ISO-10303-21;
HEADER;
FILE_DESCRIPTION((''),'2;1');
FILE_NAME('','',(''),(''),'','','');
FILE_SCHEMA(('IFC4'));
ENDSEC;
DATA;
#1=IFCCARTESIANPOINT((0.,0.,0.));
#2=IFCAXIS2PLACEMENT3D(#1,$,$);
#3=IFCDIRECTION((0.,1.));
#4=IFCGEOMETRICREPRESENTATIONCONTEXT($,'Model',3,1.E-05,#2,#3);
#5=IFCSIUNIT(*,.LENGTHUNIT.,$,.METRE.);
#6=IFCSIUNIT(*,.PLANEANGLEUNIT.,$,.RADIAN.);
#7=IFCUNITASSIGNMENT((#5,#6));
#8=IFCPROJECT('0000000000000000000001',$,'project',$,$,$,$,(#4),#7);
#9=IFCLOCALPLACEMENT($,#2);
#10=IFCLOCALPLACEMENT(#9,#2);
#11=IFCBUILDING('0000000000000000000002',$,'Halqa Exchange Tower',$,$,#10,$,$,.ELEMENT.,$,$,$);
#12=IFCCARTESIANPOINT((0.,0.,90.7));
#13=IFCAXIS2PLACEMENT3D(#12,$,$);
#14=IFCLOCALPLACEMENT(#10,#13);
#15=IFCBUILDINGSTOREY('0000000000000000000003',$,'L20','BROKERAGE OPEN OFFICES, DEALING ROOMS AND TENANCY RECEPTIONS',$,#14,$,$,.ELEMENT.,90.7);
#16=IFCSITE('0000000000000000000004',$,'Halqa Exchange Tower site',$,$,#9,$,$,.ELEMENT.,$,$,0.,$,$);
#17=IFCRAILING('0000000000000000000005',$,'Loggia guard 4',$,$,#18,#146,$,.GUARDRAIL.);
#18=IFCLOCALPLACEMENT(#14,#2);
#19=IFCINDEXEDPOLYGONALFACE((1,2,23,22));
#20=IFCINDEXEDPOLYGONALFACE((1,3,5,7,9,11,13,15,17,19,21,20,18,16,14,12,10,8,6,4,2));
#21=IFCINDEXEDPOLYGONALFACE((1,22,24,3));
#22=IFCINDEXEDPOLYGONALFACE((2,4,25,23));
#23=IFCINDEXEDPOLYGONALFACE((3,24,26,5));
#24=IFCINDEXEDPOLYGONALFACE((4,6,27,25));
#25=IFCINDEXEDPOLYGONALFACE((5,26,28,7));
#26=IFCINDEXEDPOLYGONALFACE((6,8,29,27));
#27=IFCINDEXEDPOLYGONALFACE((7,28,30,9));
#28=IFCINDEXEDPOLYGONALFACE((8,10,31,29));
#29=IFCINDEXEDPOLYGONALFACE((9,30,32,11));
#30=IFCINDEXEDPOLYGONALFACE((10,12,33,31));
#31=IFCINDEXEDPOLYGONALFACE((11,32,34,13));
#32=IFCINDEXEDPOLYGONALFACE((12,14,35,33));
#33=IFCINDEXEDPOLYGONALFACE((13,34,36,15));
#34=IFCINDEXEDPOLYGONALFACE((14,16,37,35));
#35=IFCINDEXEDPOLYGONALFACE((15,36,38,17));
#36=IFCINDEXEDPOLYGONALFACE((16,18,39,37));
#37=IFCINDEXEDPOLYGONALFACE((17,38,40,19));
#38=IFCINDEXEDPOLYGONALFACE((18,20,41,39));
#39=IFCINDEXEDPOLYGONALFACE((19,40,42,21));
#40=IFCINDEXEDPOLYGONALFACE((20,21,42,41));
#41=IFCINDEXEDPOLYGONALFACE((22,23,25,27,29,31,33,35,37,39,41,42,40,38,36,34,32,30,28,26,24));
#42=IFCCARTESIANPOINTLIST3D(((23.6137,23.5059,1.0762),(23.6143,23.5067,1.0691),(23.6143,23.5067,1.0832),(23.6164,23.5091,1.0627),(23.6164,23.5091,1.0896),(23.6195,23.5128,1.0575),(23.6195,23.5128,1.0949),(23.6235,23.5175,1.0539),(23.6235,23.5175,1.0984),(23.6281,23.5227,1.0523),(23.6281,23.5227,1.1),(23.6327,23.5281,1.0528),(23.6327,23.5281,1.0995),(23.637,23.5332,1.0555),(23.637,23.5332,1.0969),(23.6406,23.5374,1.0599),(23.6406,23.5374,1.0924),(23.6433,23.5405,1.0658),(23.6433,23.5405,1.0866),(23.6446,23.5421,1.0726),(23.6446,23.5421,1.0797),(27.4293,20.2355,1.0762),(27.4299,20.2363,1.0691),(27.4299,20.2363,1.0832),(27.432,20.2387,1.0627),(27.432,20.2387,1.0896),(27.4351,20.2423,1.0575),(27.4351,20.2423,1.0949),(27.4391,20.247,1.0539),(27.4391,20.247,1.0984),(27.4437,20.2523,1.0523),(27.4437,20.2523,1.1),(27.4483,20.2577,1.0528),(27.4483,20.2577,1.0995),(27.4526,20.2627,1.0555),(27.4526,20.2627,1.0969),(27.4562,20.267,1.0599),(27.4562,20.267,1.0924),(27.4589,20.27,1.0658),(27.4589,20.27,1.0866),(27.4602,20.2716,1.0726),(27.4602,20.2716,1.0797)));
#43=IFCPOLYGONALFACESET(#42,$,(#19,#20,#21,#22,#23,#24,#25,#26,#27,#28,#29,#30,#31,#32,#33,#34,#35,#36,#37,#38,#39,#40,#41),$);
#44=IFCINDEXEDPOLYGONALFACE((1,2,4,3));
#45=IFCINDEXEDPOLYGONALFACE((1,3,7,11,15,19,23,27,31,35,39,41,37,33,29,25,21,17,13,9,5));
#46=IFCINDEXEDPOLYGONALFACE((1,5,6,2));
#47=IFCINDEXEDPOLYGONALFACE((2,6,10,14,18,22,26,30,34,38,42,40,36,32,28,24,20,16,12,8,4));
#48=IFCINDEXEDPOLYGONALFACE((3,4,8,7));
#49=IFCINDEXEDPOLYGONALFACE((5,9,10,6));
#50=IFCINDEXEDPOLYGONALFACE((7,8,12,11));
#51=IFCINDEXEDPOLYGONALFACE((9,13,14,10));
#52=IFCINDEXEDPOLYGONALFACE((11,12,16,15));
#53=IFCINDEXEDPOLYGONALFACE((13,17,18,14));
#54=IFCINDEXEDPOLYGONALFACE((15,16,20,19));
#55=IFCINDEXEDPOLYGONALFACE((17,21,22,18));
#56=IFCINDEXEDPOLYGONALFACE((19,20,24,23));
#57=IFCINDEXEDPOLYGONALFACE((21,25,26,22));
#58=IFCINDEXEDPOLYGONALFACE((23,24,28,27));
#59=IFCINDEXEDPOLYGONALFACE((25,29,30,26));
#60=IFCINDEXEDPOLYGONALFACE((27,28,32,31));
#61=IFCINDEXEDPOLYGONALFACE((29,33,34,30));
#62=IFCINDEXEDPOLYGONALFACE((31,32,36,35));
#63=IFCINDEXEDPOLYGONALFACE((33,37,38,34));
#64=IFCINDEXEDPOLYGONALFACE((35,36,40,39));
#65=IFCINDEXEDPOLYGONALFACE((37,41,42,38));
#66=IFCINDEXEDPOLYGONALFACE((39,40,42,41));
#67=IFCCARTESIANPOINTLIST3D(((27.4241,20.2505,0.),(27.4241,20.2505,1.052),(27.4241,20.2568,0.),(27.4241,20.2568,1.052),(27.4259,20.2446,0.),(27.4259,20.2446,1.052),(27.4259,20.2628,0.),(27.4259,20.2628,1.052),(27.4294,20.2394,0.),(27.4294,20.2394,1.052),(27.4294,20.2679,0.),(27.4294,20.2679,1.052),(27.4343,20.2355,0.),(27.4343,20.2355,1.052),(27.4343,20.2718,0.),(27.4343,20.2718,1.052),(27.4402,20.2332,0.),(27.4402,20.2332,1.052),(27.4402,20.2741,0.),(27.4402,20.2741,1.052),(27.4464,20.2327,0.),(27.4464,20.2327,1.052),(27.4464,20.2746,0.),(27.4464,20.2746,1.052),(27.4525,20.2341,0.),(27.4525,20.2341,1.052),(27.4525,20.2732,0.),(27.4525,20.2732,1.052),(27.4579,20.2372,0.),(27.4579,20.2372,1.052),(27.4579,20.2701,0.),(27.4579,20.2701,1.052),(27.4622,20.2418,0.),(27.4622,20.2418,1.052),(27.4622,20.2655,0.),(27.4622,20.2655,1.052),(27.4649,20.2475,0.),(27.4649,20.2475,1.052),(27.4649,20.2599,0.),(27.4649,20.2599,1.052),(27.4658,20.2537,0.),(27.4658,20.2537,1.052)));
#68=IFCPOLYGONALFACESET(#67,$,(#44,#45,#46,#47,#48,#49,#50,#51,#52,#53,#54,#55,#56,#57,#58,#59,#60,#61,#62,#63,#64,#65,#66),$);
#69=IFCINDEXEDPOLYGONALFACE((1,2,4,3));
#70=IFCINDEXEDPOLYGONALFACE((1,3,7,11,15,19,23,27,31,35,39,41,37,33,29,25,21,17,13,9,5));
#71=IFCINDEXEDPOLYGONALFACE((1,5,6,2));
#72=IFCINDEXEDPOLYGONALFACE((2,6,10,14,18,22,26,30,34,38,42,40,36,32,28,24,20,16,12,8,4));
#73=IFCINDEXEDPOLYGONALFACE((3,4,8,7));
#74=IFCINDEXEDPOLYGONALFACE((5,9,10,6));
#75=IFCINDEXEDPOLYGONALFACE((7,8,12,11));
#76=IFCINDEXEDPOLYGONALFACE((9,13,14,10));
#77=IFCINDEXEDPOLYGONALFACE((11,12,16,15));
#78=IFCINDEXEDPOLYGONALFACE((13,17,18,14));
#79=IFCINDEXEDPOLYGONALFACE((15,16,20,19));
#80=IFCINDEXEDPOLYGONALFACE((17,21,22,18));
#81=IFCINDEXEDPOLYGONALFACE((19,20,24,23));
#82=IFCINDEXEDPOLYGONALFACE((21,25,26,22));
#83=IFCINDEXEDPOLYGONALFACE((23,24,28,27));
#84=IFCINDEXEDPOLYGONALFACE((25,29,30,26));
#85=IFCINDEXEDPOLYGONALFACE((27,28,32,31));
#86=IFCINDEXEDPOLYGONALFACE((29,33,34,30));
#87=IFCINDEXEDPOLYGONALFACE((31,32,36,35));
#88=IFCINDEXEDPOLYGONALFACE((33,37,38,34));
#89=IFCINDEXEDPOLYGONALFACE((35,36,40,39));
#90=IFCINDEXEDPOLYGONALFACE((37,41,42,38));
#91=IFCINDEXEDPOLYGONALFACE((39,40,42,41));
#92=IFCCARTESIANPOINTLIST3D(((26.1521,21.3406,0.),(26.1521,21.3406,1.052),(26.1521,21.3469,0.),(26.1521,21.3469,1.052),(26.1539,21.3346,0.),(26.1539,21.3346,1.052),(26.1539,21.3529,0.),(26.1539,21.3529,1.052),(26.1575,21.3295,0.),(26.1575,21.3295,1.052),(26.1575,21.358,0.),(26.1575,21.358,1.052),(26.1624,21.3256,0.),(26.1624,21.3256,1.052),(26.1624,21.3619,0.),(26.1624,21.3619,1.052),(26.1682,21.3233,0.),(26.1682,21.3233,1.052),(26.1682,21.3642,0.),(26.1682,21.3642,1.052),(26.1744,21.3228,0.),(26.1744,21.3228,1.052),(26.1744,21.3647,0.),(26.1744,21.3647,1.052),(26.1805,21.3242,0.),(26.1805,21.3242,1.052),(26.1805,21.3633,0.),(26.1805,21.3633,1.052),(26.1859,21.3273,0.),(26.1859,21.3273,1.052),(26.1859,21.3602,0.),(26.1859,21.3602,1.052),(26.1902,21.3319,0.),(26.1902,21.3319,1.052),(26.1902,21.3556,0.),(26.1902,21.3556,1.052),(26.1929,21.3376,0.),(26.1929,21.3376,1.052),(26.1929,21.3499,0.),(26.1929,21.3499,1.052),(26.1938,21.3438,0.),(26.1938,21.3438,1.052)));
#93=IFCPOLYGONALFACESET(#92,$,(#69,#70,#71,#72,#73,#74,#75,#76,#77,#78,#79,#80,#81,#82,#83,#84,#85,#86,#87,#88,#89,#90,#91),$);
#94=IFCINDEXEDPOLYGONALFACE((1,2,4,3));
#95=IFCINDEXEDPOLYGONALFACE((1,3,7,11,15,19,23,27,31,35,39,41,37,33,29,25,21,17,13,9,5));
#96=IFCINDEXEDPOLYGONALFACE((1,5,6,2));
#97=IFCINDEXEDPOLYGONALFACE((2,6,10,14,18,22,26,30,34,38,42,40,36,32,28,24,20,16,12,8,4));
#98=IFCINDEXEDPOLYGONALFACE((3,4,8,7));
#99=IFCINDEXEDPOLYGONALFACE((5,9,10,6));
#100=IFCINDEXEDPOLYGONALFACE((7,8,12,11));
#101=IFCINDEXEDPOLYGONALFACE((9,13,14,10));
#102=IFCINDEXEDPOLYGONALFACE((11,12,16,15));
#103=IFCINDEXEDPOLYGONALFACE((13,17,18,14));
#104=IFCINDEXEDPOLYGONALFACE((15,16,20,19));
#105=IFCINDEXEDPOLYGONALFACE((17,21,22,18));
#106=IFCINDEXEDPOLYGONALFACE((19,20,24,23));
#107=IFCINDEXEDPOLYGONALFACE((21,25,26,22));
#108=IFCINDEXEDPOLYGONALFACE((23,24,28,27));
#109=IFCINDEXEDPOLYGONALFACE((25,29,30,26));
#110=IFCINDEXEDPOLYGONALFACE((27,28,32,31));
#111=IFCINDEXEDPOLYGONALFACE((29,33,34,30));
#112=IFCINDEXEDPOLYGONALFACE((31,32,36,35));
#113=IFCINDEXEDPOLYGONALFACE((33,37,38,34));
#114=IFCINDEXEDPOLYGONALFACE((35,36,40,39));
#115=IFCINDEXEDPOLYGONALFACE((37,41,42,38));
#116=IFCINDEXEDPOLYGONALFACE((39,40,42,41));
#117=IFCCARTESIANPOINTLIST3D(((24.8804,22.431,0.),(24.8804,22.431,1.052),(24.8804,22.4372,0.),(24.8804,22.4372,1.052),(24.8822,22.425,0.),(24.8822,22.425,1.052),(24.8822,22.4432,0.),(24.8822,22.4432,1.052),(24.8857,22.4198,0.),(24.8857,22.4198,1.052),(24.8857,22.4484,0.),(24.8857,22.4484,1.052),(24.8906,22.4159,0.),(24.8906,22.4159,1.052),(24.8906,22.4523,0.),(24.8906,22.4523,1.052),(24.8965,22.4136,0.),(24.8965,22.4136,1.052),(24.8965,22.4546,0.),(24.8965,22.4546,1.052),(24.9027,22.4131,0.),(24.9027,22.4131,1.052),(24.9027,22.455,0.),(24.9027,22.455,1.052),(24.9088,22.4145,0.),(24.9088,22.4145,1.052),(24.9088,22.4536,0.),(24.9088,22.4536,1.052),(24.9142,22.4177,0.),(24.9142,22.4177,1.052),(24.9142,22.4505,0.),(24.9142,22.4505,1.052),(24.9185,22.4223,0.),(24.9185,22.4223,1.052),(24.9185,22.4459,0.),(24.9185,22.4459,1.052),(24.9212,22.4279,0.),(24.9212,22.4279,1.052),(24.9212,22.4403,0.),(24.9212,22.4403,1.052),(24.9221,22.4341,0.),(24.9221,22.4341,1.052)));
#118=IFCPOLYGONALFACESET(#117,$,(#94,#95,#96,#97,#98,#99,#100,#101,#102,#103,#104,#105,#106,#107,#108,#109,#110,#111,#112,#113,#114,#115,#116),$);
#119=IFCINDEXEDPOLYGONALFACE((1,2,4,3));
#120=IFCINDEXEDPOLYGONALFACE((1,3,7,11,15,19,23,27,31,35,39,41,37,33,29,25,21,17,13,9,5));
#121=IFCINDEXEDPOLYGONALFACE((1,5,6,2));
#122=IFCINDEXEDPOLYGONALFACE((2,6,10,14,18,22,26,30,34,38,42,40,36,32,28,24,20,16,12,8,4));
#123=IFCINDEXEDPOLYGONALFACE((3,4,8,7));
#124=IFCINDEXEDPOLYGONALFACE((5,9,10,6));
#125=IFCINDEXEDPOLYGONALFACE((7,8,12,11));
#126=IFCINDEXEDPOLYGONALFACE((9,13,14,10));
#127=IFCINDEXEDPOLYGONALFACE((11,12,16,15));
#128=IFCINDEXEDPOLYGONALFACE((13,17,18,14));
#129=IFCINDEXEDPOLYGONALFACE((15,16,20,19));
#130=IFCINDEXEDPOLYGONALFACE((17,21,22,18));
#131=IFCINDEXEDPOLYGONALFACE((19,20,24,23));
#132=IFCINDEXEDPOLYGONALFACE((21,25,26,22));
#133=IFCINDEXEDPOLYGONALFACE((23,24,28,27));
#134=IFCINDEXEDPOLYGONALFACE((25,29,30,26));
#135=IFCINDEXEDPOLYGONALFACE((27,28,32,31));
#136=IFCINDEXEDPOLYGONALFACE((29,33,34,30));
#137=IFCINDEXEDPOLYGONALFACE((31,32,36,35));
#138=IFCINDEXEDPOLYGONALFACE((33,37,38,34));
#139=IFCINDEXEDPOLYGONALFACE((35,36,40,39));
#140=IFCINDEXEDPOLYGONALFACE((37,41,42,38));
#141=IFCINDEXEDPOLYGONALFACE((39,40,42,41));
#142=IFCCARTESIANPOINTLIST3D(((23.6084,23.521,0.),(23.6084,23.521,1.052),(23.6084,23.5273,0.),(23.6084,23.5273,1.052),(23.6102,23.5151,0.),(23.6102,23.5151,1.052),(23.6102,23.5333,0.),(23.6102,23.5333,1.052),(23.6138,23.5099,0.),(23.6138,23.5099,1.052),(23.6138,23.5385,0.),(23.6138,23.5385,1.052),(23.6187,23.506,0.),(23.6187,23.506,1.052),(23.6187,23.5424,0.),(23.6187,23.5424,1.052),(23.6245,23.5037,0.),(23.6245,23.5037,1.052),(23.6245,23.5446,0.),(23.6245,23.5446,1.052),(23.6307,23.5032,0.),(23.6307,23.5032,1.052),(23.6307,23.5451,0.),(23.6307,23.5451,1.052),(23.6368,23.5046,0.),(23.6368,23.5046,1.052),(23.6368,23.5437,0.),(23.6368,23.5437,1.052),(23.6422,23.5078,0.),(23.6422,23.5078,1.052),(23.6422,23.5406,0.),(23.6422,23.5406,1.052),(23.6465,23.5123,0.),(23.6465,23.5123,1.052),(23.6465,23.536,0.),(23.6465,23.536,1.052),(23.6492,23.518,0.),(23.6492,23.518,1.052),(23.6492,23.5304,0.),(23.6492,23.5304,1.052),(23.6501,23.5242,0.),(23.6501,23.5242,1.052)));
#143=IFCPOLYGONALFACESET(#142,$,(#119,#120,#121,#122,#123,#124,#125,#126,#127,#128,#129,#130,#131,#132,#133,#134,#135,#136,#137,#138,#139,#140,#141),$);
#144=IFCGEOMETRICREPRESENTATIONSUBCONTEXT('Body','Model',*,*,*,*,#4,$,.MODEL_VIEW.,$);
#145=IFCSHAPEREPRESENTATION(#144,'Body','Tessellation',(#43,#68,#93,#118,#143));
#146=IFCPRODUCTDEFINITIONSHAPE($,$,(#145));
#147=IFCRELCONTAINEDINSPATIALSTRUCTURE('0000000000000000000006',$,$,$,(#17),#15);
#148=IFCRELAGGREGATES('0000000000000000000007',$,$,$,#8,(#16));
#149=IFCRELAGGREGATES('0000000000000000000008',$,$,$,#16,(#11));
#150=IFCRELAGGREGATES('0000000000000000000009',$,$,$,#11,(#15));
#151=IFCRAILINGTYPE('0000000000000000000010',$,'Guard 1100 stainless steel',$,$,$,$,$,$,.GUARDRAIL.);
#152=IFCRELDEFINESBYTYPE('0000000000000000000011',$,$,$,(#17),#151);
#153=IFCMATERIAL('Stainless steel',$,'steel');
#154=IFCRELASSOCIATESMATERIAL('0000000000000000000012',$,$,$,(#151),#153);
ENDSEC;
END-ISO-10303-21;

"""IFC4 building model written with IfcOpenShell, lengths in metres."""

from ifc_helpers import new_model, si_unit, direction, frame, origin, origin_2d, place, context, subcontext, project, spatial, circle, extrude, material, type_object, element, save


model = new_model("IFC4")

# Units and contexts
model_context = context("Model", 3, precision=1e-05, world=origin(), true_north=direction((0.0, 1.0)))
body_context = subcontext(model_context, "Body", "Model", "MODEL_VIEW")
ifc_project = project(units=[si_unit("LENGTHUNIT", "METRE"), si_unit("PLANEANGLEUNIT", "RADIAN")], contexts=[model_context])

# Site, building, storey
site_placement = place(None, origin())
site = spatial("IfcSite", under=ifc_project, at=site_placement, Name="Halqa Exchange Tower site", CompositionType="ELEMENT", RefElevation=0.0)
building_placement = place(site_placement, origin())
building = spatial("IfcBuilding", under=site, at=building_placement, Name="Halqa Exchange Tower", CompositionType="ELEMENT")
storey_placement = place(building_placement, frame((0.0, 0.0, 90.7)))
storey = spatial("IfcBuildingStorey", under=building, at=storey_placement, Name="L20", Description="BROKERAGE OPEN OFFICES, DEALING ROOMS AND TENANCY RECEPTIONS", CompositionType="ELEMENT", Elevation=90.7)

# Railing
ifc_material_1 = material(Name="Stainless steel", Category="steel")
railing_type = type_object("IfcRailingType", Name="Guard 1100 stainless steel", PredefinedType="GUARDRAIL", material=ifc_material_1)
railing_1_placement = place(storey_placement, frame((27.4448, 20.2537, 0.0)))
element("IfcRailing", 1, at=railing_1_placement, inside=storey, type_object=railing_type, Name="Loggia guard 4", PredefinedType="GUARDRAIL", context=body_context, shape_type="SweptSolid", body=[
    extrude(circle(Radius=0.0239, at=origin_2d()), frame((0.0, 0.0, 1.0762), z_axis=(-0.759263, 0.650783, 0.0), x_axis=(-0.650783, -0.759263, 0.0)), (0.0, 0.0, 1.0), 5.0254),
    extrude(circle(Radius=0.021, at=origin_2d()), origin(), (0.0, 0.0, 1.0), 1.052),
    extrude(circle(Radius=0.021, at=origin_2d()), frame((-1.272, 1.0901, 0.0)), (0.0, 0.0, 1.0), 1.052),
    extrude(circle(Radius=0.021, at=origin_2d()), frame((-2.5437, 2.1804, 0.0)), (0.0, 0.0, 1.0), 1.052),
    extrude(circle(Radius=0.021, at=origin_2d()), frame((-3.8157, 3.2705, 0.0)), (0.0, 0.0, 1.0), 1.052),
])

save(model, "model.ifc")
